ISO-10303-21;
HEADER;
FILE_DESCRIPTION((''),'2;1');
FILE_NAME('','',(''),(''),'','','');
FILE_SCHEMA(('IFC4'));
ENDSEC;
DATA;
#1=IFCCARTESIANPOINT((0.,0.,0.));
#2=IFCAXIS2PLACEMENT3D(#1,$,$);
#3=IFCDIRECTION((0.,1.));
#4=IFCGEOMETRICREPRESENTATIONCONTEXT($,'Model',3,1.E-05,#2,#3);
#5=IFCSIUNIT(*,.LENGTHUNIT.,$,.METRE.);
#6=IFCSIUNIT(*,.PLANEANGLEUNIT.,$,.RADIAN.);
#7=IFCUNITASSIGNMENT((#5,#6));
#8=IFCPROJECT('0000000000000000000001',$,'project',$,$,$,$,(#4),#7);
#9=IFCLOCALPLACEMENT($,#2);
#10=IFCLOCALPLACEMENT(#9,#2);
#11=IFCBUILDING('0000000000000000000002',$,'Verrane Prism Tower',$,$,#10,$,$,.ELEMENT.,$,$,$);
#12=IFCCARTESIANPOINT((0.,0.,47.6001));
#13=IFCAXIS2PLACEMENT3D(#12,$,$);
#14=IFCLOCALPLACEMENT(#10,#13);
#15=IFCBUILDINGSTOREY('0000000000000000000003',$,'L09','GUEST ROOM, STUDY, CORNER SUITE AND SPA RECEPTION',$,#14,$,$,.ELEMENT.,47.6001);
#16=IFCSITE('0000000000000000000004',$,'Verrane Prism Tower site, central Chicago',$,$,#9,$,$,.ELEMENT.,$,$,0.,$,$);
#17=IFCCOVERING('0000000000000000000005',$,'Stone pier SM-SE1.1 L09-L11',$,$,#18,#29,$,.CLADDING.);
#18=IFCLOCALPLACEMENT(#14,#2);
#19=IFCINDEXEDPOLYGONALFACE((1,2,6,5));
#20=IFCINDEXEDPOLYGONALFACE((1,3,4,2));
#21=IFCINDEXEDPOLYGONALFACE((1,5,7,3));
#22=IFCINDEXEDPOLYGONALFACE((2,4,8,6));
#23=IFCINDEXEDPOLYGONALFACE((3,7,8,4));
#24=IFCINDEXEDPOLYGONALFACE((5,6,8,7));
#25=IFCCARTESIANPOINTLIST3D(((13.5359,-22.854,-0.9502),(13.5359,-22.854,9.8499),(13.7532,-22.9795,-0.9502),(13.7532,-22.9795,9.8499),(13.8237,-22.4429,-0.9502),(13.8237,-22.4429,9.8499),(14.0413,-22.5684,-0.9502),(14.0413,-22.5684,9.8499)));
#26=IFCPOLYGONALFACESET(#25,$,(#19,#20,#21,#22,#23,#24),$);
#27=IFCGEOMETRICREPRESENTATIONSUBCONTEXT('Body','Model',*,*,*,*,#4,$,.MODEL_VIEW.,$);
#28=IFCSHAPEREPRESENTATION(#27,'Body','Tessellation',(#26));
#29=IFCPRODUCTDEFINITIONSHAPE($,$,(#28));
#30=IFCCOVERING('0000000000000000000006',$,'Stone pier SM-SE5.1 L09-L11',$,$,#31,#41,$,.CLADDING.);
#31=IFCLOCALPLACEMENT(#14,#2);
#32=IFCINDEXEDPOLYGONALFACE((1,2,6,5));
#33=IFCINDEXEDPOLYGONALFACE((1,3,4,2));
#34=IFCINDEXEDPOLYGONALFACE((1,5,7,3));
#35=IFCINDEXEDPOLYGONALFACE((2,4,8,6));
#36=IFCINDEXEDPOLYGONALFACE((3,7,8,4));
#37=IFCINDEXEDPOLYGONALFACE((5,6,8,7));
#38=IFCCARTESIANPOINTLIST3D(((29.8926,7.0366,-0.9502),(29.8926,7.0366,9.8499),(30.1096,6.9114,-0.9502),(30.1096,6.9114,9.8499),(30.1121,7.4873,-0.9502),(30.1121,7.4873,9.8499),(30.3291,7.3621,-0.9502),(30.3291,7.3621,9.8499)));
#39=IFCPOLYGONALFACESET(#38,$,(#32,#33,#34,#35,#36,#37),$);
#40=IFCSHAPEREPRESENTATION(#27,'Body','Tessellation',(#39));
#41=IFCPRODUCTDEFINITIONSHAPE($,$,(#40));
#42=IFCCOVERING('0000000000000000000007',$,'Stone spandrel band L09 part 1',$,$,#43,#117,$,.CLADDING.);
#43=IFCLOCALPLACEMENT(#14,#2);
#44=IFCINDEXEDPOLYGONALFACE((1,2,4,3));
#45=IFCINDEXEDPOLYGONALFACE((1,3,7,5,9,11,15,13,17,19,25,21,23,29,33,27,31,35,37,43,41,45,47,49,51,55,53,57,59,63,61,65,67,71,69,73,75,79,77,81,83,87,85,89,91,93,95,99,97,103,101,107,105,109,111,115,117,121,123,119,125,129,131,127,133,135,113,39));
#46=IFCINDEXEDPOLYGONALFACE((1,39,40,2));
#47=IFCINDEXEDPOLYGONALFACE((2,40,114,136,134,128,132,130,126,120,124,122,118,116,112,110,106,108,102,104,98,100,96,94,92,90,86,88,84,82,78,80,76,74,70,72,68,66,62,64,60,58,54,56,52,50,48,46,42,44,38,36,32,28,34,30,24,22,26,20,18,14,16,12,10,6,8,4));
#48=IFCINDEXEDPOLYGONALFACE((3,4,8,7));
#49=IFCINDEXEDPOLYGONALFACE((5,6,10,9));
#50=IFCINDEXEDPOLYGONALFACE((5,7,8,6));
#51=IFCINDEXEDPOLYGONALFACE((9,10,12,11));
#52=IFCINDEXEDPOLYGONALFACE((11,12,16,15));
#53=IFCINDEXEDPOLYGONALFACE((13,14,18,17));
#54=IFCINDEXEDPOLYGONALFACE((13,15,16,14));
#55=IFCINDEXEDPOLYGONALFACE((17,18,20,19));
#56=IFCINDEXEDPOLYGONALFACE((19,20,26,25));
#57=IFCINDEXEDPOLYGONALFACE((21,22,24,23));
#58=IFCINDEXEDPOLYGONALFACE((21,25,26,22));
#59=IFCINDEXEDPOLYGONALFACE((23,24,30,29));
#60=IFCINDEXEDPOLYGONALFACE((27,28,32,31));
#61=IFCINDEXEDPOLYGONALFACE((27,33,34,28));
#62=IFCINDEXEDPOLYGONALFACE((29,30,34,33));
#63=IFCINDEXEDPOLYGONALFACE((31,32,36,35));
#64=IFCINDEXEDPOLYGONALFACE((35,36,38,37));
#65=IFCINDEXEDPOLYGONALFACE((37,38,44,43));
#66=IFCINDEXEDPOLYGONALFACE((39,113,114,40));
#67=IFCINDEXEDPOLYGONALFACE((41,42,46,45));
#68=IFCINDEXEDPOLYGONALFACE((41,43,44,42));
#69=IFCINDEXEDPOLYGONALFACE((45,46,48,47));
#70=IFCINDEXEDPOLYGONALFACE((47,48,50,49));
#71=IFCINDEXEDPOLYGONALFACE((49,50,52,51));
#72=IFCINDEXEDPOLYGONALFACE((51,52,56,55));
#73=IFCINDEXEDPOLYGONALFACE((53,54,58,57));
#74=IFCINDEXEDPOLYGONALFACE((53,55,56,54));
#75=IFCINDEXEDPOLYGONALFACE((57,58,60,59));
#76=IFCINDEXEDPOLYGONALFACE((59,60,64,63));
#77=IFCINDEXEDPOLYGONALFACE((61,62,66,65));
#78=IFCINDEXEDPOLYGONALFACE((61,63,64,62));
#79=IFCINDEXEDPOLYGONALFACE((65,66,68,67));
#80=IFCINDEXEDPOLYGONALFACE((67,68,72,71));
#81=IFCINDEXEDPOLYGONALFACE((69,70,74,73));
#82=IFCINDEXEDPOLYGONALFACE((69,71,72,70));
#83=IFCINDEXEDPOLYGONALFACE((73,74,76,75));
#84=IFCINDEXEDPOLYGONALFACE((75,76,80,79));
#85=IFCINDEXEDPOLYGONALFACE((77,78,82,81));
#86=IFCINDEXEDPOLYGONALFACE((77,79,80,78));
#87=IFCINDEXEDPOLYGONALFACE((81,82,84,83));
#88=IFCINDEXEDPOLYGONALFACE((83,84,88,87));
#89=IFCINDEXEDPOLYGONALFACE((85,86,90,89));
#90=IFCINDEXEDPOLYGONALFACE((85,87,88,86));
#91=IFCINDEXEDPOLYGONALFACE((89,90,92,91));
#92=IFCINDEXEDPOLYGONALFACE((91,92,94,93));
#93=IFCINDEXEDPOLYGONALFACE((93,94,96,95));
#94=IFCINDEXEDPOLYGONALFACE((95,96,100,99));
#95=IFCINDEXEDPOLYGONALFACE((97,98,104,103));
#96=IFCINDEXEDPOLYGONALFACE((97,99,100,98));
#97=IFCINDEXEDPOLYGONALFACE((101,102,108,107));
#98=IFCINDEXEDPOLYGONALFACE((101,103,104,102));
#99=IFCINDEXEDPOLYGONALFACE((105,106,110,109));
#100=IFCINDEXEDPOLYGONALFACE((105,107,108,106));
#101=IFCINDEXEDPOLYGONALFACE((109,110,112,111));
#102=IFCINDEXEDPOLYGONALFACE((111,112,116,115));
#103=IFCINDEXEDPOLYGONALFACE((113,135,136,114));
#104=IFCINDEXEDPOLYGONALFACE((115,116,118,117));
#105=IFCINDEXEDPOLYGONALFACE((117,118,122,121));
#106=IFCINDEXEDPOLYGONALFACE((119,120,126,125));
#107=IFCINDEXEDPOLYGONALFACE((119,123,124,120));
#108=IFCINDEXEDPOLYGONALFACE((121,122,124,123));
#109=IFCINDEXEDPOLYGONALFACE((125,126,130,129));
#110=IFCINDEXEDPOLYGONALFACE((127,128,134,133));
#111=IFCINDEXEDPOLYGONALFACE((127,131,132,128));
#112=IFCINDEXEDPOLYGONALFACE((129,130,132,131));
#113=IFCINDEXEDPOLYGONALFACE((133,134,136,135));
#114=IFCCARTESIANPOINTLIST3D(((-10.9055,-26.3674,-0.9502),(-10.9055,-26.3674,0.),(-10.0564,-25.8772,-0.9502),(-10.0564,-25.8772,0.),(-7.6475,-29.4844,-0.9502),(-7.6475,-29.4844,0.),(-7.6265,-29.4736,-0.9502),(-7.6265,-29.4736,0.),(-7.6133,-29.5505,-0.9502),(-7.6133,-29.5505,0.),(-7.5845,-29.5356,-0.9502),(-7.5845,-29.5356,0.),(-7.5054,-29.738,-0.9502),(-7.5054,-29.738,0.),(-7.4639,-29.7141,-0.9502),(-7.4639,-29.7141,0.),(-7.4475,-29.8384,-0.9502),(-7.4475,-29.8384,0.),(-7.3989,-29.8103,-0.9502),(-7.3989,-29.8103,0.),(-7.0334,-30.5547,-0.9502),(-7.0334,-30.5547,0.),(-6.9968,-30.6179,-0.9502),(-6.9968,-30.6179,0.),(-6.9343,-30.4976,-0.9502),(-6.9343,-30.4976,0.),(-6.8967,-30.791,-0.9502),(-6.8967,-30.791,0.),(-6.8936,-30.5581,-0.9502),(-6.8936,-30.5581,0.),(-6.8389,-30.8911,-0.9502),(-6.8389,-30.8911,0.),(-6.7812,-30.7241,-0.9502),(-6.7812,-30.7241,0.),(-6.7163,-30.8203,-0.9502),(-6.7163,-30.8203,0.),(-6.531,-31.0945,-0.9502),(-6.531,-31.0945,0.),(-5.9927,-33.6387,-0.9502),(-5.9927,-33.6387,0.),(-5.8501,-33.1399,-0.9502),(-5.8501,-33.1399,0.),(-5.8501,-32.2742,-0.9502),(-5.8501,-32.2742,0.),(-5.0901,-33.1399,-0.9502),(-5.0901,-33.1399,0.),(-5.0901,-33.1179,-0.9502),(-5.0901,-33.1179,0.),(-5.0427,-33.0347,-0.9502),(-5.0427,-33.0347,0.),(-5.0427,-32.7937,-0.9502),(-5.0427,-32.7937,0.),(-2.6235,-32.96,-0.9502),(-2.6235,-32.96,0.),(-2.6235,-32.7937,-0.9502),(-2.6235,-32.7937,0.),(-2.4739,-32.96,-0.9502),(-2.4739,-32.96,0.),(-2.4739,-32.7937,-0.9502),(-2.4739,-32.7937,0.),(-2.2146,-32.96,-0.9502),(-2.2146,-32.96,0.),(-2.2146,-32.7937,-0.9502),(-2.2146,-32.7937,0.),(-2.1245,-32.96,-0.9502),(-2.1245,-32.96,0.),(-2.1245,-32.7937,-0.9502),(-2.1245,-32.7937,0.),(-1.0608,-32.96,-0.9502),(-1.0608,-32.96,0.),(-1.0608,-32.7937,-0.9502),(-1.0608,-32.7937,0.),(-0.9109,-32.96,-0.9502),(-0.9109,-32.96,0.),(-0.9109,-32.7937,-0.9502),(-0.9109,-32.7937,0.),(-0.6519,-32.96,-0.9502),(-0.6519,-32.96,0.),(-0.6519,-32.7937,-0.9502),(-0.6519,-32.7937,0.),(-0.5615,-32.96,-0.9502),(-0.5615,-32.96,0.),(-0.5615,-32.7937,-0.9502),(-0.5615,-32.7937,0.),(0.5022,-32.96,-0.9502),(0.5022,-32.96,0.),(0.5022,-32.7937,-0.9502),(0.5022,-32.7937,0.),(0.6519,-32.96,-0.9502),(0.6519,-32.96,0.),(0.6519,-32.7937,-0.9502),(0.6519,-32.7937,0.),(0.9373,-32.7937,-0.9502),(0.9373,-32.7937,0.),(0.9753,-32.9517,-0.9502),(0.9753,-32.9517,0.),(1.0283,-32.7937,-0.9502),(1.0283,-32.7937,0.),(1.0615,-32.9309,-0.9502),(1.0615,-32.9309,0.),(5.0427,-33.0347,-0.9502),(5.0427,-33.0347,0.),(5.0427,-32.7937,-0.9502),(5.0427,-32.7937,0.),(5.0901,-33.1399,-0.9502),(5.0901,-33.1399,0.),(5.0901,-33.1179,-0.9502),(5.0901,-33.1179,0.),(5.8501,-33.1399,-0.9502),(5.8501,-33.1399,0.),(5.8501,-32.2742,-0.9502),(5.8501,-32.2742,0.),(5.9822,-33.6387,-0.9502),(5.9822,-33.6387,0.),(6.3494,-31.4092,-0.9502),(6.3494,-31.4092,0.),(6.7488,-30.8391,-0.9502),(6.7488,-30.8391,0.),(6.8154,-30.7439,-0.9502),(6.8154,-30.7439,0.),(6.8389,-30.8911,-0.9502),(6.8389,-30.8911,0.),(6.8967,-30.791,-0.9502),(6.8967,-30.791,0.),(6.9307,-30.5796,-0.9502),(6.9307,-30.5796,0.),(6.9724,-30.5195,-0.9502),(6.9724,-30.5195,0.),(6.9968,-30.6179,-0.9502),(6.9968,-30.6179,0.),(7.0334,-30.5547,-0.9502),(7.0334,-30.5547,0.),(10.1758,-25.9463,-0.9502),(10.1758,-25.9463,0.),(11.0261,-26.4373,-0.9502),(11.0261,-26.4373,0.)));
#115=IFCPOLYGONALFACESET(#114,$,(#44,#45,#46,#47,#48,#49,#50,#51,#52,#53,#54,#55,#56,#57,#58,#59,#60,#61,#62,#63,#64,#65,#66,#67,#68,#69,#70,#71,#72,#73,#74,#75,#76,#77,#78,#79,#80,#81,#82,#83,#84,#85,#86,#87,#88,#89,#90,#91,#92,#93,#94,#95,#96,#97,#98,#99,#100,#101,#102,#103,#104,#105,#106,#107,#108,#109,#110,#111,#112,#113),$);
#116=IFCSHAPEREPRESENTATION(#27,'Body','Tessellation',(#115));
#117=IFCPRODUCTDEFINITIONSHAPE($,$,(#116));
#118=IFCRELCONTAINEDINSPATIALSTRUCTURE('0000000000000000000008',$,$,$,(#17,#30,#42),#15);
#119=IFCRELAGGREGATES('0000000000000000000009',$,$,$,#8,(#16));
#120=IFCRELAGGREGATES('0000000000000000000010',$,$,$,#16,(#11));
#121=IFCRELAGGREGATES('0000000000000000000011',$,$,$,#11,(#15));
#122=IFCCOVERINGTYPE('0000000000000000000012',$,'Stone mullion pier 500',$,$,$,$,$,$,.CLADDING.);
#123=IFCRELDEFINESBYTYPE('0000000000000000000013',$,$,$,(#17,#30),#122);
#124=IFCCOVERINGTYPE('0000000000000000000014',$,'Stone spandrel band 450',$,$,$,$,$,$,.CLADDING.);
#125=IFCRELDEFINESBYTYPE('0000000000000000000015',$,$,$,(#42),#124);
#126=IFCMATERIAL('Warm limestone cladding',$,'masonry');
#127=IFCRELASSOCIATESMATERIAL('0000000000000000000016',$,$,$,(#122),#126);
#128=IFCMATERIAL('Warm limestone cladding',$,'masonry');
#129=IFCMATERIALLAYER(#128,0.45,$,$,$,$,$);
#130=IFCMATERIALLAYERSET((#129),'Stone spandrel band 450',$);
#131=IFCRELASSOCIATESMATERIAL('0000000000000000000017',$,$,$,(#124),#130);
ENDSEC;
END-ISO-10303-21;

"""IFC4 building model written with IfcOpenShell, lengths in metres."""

from ifc_helpers import new_model, si_unit, direction, frame, origin, place, context, subcontext, project, spatial, polyline, outline, extrude, material, layer, layer_set, type_object, element, save


model = new_model("IFC4")

# Units and contexts
model_context = context("Model", 3, precision=1e-05, world=origin(), true_north=direction((0.0, 1.0)))
body_context = subcontext(model_context, "Body", "Model", "MODEL_VIEW")
ifc_project = project(units=[si_unit("LENGTHUNIT", "METRE"), si_unit("PLANEANGLEUNIT", "RADIAN")], contexts=[model_context])

# Site, building, storey
site_placement = place(None, origin())
site = spatial("IfcSite", under=ifc_project, at=site_placement, Name="Verrane Prism Tower site, central Chicago", CompositionType="ELEMENT", RefElevation=0.0)
building_placement = place(site_placement, origin())
building = spatial("IfcBuilding", under=site, at=building_placement, Name="Verrane Prism Tower", CompositionType="ELEMENT")
storey_placement = place(building_placement, frame((0.0, 0.0, 47.6001)))
storey = spatial("IfcBuildingStorey", under=building, at=storey_placement, Name="L09", Description="GUEST ROOM, STUDY, CORNER SUITE AND SPA RECEPTION", CompositionType="ELEMENT", Elevation=47.6001)

# Coverings
ifc_material_1 = material(Name="Warm limestone cladding", Category="masonry")
covering_type_1 = type_object("IfcCoveringType", Name="Stone mullion pier 500", PredefinedType="CLADDING", material=ifc_material_1)
covering_1_placement = place(storey_placement, frame((0.0, 0.0, -0.9502)))
element("IfcCovering", 1, at=covering_1_placement, inside=storey, type_object=covering_type_1, Name="Stone pier SM-SE1.1 L09-L11", PredefinedType="CLADDING", context=body_context, shape_type="SweptSolid", body=[
    extrude(outline(polyline([(13.8237, -22.4429), (13.5359, -22.854), (13.7532, -22.9795), (14.0413, -22.5684), (13.8237, -22.4429)])), origin(), (0.0, 0.0, 1.0), 10.8),
])
covering_2_placement = place(storey_placement, frame((0.0, 0.0, -0.9502)))
element("IfcCovering", 2, at=covering_2_placement, inside=storey, type_object=covering_type_1, Name="Stone pier SM-SE5.1 L09-L11", PredefinedType="CLADDING", context=body_context, shape_type="SweptSolid", body=[
    extrude(outline(polyline([(30.1121, 7.4873), (29.8926, 7.0366), (30.1096, 6.9114), (30.3291, 7.3621), (30.1121, 7.4873)])), origin(), (0.0, 0.0, 1.0), 10.8),
])
ifc_material_2 = material(Name="Warm limestone cladding", Category="masonry")
ifc_layer_1 = layer(ifc_material_2, 0.45)
ifc_layer_set_1 = layer_set([ifc_layer_1], Name="Stone spandrel band 450")
covering_type_2 = type_object("IfcCoveringType", Name="Stone spandrel band 450", PredefinedType="CLADDING", material=ifc_layer_set_1)
covering_3_placement = place(storey_placement, frame((0.0, 0.0, -0.9502)))
element("IfcCovering", 3, at=covering_3_placement, inside=storey, type_object=covering_type_2, Name="Stone spandrel band L09 part 1", PredefinedType="CLADDING", context=body_context, shape_type="SweptSolid", body=[
    extrude(outline(polyline([(-5.9927, -33.6387), (5.9822, -33.6387), (11.0261, -26.4373), (10.1758, -25.9463), (6.9724, -30.5195), (7.0334, -30.5547), (6.9968, -30.6179), (6.9307, -30.5796), (6.8154, -30.7439), (6.8967, -30.791), (6.8389, -30.8911), (6.7488, -30.8391), (6.3494, -31.4092), (5.8501, -32.2742), (5.8501, -33.1399), (5.0901, -33.1399), (5.0901, -33.1179), (5.0427, -33.0347), (5.0427, -32.7937), (1.0283, -32.7937), (1.0615, -32.9309), (0.9753, -32.9517), (0.9373, -32.7937), (0.6519, -32.7937), (0.6519, -32.96), (0.5022, -32.96), (0.5022, -32.7937), (-0.5615, -32.7937), (-0.5615, -32.96), (-0.6519, -32.96), (-0.6519, -32.7937), (-0.9109, -32.7937), (-0.9109, -32.96), (-1.0608, -32.96), (-1.0608, -32.7937), (-2.1245, -32.7937), (-2.1245, -32.96), (-2.2146, -32.96), (-2.2146, -32.7937), (-2.4739, -32.7937), (-2.4739, -32.96), (-2.6235, -32.96), (-2.6235, -32.7937), (-5.0427, -32.7937), (-5.0427, -33.0347), (-5.0901, -33.1179), (-5.0901, -33.1399), (-5.8501, -33.1399), (-5.8501, -32.2742), (-6.531, -31.0945), (-6.7163, -30.8203), (-6.8389, -30.8911), (-6.8967, -30.791), (-6.7812, -30.7241), (-6.8936, -30.5581), (-6.9968, -30.6179), (-7.0334, -30.5547), (-6.9343, -30.4976), (-7.3989, -29.8103), (-7.4475, -29.8384), (-7.5054, -29.738), (-7.4639, -29.7141), (-7.5845, -29.5356), (-7.6133, -29.5505), (-7.6475, -29.4844), (-7.6265, -29.4736), (-10.0564, -25.8772), (-10.9055, -26.3674), (-5.9927, -33.6387)])), origin(), (0.0, 0.0, 1.0), 0.9502),
])

save(model, "model.ifc")
